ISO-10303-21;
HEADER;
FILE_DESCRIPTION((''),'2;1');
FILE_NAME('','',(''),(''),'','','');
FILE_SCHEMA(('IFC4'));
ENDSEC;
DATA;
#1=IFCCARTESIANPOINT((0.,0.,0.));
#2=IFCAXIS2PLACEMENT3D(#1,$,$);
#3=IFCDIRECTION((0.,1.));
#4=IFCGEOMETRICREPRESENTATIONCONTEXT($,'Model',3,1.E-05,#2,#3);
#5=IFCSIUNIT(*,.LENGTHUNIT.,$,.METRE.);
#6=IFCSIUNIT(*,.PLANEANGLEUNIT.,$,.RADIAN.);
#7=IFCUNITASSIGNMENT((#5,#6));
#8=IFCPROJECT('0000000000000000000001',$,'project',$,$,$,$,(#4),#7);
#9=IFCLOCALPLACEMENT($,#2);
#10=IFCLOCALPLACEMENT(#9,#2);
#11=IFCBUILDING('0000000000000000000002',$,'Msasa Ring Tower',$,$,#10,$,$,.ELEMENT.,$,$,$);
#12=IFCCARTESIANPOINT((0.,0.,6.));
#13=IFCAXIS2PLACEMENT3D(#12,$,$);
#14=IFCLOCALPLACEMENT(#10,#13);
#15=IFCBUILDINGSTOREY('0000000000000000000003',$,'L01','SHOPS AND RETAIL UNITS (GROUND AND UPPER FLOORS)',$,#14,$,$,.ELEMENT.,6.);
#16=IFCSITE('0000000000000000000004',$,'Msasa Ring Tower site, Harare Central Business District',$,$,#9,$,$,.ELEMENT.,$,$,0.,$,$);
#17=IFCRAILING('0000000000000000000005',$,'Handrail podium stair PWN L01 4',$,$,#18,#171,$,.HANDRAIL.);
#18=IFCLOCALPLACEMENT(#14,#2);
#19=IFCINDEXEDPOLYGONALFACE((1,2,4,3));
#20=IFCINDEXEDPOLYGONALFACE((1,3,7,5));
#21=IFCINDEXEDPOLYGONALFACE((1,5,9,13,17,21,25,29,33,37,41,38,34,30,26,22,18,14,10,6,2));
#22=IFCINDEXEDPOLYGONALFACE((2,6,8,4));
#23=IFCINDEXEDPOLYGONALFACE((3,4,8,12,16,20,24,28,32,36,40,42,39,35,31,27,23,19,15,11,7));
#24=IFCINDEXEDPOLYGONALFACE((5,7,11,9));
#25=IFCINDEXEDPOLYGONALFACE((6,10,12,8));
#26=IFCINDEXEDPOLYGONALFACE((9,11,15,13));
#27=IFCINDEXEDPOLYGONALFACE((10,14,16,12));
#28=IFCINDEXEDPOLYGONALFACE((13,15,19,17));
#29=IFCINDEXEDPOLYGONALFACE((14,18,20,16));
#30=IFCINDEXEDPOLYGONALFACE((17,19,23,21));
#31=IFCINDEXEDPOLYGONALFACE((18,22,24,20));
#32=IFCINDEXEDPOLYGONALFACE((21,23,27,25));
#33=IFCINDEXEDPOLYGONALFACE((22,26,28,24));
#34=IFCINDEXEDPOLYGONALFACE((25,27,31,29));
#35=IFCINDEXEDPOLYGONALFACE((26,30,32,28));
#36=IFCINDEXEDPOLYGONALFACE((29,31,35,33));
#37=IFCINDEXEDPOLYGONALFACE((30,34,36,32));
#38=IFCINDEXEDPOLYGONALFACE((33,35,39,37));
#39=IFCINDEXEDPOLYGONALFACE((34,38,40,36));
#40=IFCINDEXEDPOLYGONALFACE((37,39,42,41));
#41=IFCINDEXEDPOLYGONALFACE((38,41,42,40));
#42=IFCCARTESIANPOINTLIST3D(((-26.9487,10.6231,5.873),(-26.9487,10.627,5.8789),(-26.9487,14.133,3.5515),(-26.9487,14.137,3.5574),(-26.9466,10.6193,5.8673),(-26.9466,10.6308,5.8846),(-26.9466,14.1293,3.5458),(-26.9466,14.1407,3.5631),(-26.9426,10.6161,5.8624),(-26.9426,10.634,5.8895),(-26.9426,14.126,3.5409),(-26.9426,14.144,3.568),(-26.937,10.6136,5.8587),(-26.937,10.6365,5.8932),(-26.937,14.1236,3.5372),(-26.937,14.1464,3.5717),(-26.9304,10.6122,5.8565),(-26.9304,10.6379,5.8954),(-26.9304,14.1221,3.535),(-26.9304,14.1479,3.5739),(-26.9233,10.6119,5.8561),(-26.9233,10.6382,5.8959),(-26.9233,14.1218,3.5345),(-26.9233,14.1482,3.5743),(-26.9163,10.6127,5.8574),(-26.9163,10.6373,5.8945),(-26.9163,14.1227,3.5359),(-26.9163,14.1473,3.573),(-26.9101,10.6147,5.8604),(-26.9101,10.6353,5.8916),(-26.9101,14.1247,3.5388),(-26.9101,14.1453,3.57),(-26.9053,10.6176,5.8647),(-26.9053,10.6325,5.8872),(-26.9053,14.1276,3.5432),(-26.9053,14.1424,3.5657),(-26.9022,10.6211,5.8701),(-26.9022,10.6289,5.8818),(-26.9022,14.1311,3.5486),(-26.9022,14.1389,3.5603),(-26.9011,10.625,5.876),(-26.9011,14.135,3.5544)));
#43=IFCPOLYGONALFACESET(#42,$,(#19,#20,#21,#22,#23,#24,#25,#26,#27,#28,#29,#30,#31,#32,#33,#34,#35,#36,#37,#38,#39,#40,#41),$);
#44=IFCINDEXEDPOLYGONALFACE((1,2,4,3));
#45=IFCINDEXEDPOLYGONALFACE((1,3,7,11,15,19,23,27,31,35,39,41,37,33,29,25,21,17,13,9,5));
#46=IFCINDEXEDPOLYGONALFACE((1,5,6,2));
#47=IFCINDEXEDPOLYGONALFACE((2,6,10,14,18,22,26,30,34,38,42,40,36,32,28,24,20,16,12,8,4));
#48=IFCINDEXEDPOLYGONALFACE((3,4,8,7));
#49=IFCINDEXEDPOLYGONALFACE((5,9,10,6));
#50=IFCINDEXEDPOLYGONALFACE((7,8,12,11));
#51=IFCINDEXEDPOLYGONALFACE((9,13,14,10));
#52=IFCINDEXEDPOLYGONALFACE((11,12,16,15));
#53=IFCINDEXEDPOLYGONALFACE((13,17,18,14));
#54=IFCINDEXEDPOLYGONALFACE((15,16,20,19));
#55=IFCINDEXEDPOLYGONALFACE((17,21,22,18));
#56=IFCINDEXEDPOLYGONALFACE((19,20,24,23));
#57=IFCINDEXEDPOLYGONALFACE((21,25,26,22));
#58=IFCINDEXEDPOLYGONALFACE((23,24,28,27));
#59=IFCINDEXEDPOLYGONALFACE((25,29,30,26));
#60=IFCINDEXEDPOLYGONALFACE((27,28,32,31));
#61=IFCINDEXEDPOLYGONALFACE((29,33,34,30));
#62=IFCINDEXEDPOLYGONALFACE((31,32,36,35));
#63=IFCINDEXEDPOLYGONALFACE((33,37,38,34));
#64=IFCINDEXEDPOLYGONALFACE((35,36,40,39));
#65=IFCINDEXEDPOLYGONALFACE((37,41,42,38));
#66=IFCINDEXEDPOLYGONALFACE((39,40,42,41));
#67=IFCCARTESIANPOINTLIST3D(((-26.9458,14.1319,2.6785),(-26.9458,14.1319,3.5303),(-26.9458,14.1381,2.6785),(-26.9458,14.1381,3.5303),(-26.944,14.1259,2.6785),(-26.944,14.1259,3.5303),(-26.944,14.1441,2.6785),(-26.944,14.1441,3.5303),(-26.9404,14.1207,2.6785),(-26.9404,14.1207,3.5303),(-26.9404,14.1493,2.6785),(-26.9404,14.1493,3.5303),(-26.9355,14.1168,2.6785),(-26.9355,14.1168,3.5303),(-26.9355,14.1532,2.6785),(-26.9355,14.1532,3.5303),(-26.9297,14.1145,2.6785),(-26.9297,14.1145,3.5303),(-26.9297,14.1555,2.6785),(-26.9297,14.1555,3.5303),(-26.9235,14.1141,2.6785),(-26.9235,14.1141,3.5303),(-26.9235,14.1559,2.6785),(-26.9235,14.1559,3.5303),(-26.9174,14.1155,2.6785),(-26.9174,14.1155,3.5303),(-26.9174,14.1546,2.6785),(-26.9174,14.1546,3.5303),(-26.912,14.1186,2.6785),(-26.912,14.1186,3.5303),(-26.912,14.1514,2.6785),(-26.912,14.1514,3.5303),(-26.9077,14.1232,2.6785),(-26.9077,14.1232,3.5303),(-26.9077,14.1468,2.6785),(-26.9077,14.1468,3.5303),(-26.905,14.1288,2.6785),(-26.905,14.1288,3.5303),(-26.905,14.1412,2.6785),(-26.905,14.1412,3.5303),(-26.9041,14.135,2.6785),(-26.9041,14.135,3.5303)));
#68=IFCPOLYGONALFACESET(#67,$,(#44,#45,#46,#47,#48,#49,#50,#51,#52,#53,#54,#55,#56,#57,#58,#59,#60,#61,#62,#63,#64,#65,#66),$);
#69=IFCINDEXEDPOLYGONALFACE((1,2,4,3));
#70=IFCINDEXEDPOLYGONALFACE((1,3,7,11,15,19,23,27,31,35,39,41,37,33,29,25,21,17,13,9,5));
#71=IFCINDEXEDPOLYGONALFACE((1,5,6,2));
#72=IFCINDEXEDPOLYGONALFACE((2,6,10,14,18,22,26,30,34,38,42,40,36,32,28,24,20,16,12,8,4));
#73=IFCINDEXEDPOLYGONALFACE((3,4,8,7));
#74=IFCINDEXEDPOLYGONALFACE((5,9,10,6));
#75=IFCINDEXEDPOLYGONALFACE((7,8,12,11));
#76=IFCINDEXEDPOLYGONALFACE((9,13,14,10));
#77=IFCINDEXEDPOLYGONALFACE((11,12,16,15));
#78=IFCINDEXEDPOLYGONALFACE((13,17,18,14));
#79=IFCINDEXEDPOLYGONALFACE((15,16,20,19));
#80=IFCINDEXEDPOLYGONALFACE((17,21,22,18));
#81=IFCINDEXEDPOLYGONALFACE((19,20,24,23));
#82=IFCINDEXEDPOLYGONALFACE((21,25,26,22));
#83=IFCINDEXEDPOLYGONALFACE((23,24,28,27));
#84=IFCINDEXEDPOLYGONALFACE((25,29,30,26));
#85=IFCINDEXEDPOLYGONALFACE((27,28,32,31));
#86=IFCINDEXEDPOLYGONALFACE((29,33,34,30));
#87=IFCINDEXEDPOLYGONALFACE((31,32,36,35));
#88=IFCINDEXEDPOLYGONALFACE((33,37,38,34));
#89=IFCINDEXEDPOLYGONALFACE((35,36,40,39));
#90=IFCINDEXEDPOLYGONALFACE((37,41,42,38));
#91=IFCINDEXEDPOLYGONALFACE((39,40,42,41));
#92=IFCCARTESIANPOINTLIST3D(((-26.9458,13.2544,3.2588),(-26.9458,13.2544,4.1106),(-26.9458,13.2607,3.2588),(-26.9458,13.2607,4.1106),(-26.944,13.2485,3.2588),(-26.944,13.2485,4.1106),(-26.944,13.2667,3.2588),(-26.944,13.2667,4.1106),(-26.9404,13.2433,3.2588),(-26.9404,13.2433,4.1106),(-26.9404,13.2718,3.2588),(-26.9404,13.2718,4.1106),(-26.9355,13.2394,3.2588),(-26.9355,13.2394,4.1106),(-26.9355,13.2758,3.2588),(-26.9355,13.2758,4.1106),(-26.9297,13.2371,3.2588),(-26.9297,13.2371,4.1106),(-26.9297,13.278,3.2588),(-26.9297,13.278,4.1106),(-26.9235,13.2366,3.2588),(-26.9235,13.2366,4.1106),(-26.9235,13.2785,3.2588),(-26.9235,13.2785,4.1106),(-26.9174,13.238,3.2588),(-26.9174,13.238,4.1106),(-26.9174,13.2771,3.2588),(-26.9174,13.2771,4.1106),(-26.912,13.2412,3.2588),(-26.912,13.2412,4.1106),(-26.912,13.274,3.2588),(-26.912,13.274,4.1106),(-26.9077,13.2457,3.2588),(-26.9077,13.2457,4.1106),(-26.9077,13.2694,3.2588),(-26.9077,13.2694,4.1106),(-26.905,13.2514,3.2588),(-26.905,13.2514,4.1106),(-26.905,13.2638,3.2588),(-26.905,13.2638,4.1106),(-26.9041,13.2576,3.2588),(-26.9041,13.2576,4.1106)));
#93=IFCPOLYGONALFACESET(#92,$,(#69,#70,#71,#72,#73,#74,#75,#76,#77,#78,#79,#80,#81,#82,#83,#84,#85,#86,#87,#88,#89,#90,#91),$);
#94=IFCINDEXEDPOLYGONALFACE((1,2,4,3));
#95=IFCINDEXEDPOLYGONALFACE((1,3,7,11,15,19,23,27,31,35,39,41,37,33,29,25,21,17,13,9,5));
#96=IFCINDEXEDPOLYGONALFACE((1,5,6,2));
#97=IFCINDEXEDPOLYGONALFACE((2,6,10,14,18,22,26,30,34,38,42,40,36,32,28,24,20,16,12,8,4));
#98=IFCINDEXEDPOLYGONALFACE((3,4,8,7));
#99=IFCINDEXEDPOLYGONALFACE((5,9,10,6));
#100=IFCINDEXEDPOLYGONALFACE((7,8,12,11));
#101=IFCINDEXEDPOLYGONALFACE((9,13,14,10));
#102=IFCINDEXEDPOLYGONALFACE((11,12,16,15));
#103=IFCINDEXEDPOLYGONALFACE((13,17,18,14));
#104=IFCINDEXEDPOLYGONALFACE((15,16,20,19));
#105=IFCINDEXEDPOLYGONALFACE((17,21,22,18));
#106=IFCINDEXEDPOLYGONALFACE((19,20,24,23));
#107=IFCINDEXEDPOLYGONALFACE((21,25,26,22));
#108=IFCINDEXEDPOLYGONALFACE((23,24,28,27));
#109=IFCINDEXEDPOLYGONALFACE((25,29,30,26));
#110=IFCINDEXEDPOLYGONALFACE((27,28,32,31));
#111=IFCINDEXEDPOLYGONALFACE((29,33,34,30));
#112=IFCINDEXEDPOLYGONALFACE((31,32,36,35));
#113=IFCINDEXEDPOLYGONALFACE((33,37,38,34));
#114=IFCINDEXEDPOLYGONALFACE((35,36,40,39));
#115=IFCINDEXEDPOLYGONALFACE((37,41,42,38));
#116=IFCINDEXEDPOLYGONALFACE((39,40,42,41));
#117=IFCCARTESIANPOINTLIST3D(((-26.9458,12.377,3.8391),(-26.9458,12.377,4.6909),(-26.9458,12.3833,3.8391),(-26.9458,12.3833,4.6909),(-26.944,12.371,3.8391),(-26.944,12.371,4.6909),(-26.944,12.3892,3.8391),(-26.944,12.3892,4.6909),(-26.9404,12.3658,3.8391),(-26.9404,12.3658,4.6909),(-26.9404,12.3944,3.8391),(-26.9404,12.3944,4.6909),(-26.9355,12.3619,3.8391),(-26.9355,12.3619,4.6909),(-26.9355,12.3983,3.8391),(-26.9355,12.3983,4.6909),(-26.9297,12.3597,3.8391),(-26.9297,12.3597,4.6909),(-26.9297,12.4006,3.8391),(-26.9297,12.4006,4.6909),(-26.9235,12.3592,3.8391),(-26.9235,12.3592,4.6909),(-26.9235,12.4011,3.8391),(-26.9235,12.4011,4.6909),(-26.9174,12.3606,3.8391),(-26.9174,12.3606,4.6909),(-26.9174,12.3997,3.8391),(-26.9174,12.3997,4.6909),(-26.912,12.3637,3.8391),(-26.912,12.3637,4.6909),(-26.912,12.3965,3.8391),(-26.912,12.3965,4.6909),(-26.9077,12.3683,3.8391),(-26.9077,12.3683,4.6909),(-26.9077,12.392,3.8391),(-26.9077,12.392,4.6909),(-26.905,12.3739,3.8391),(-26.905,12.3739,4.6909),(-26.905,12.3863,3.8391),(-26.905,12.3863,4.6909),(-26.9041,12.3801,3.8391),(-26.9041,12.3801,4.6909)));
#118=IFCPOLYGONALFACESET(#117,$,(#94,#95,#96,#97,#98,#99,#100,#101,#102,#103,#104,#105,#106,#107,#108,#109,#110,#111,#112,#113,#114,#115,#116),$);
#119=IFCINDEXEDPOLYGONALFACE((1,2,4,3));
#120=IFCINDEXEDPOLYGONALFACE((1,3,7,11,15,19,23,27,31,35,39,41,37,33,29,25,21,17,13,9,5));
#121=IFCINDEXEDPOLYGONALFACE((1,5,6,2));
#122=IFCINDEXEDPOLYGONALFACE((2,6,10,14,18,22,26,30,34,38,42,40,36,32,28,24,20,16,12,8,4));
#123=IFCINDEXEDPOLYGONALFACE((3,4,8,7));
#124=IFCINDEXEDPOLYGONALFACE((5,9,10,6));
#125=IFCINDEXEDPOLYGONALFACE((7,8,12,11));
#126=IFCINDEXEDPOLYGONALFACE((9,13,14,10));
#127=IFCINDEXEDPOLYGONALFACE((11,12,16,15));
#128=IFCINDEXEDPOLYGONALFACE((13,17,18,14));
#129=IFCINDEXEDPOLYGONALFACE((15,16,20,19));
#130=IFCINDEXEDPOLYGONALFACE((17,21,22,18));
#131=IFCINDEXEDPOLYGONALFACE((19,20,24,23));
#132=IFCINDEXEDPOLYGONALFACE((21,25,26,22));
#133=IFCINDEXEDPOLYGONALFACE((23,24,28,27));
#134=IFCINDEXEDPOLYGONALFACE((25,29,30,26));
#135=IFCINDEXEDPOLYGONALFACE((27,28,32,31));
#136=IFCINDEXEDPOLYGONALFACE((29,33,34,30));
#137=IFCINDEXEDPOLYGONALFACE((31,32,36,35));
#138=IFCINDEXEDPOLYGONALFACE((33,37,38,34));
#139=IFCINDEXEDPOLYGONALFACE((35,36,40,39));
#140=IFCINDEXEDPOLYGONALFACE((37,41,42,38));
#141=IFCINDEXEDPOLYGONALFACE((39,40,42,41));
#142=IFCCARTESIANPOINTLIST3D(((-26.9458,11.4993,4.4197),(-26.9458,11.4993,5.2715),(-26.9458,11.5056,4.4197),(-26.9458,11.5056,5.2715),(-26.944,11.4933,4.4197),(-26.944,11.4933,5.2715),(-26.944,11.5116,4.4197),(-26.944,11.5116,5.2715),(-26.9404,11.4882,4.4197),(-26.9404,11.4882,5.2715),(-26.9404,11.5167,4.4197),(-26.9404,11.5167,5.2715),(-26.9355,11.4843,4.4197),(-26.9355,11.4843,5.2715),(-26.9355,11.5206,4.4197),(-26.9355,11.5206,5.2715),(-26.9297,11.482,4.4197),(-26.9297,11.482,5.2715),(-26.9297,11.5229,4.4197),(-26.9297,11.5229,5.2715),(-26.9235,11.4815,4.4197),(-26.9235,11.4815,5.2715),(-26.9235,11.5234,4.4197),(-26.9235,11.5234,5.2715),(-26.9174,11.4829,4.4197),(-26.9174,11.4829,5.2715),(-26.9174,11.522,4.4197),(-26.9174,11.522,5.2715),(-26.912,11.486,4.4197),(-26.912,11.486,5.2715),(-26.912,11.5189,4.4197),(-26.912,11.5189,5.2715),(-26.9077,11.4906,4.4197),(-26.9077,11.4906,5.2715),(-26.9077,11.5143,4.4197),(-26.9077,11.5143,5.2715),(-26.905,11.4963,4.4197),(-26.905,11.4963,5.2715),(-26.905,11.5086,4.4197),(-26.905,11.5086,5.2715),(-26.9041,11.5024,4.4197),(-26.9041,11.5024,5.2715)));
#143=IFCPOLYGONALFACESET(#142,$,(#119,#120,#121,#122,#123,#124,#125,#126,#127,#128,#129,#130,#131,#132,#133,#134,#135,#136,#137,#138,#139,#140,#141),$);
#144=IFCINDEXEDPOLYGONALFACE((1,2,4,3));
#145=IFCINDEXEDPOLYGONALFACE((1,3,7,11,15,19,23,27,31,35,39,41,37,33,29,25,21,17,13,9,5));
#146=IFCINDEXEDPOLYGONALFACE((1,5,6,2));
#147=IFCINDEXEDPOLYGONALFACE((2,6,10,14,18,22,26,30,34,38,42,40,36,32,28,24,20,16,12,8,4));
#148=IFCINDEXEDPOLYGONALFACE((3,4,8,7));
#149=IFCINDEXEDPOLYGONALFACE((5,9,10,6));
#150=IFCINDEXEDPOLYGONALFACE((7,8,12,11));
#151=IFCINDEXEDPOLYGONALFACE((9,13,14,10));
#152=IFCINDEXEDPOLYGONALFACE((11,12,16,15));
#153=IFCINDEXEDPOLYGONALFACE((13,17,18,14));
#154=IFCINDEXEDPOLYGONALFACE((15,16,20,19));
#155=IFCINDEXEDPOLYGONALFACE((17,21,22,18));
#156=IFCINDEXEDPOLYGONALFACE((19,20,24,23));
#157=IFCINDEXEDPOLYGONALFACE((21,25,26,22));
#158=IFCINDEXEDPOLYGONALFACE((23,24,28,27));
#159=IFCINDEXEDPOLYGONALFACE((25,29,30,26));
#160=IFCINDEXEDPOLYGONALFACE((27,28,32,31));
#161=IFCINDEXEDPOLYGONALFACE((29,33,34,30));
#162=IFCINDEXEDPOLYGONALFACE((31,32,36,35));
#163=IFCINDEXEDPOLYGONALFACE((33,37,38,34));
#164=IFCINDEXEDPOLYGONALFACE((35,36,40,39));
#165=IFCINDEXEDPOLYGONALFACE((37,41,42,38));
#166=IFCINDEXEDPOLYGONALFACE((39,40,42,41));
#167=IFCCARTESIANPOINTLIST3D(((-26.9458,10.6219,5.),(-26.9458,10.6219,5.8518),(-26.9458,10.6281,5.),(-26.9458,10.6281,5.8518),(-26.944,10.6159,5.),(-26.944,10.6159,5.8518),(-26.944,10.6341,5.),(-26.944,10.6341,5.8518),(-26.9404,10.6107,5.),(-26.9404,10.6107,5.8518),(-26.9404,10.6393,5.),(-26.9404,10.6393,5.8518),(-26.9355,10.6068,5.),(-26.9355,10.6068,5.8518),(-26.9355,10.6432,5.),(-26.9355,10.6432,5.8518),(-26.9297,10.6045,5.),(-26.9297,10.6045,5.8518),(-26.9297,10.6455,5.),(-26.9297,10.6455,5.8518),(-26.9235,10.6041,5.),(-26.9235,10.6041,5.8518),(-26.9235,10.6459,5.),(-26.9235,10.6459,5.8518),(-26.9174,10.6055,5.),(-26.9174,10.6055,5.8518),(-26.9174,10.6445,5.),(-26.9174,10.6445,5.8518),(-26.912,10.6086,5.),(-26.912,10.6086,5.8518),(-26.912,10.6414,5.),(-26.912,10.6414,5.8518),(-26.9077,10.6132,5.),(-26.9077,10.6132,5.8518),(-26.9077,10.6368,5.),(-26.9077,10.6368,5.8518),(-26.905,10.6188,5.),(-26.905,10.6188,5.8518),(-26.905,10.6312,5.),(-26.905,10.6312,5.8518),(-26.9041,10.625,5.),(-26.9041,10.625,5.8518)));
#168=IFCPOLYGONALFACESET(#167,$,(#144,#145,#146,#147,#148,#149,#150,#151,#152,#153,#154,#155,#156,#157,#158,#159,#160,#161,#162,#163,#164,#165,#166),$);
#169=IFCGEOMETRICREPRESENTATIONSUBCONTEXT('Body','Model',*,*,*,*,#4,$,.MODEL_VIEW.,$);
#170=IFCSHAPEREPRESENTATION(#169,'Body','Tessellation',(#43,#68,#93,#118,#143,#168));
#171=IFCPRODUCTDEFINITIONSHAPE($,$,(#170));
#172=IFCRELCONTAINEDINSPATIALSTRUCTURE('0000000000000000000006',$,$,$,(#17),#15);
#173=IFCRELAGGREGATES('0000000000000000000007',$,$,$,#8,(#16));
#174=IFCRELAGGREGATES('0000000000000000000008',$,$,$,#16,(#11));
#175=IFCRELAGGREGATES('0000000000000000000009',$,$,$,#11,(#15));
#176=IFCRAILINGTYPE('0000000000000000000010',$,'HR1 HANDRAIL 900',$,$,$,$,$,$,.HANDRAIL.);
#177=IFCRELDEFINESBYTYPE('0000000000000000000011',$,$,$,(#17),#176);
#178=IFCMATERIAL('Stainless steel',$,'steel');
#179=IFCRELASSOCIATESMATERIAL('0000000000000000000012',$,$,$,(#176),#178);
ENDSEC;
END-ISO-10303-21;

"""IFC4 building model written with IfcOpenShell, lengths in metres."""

from ifc_helpers import new_model, si_unit, direction, frame, origin, origin_2d, place, context, subcontext, project, spatial, circle, extrude, material, type_object, element, save


model = new_model("IFC4")

# Units and contexts
model_context = context("Model", 3, precision=1e-05, world=origin(), true_north=direction((0.0, 1.0)))
body_context = subcontext(model_context, "Body", "Model", "MODEL_VIEW")
ifc_project = project(units=[si_unit("LENGTHUNIT", "METRE"), si_unit("PLANEANGLEUNIT", "RADIAN")], contexts=[model_context])

# Site, building, storey
site_placement = place(None, origin())
site = spatial("IfcSite", under=ifc_project, at=site_placement, Name="Msasa Ring Tower site, Harare Central Business District", CompositionType="ELEMENT", RefElevation=0.0)
building_placement = place(site_placement, origin())
building = spatial("IfcBuilding", under=site, at=building_placement, Name="Msasa Ring Tower", CompositionType="ELEMENT")
storey_placement = place(building_placement, frame((0.0, 0.0, 6.0)))
storey = spatial("IfcBuildingStorey", under=building, at=storey_placement, Name="L01", Description="SHOPS AND RETAIL UNITS (GROUND AND UPPER FLOORS)", CompositionType="ELEMENT", Elevation=6.0)

# Railing
ifc_material_1 = material(Name="Stainless steel", Category="steel")
railing_type = type_object("IfcRailingType", Name="HR1 HANDRAIL 900", PredefinedType="HANDRAIL", material=ifc_material_1)
for number, where, name in (
    (1, (-26.925, 14.135, 2.6785), "Handrail podium stair PWN L01 4"),
):
    element("IfcRailing", number, at=place(storey_placement, frame(where)), inside=storey, type_object=railing_type, Name=name, PredefinedType="HANDRAIL", context=body_context, shape_type="SweptSolid", body=[
        extrude(circle(Radius=0.0239, at=origin_2d()), frame((0.0, 0.0, 0.876), z_axis=(0.0, -0.834071, 0.551657), x_axis=(1.0, 0.0, 0.0)), (0.0, 0.0, 1.0), 4.2083),
        extrude(circle(Radius=0.021, at=origin_2d()), origin(), (0.0, 0.0, 1.0), 0.8518),
        extrude(circle(Radius=0.021, at=origin_2d()), frame((0.0, -0.8774, 0.5803)), (0.0, 0.0, 1.0), 0.8518),
        extrude(circle(Radius=0.021, at=origin_2d()), frame((0.0, -1.7549, 1.1606)), (0.0, 0.0, 1.0), 0.8518),
        extrude(circle(Radius=0.021, at=origin_2d()), frame((0.0, -2.6326, 1.7412)), (0.0, 0.0, 1.0), 0.8518),
        extrude(circle(Radius=0.021, at=origin_2d()), frame((0.0, -3.51, 2.3215)), (0.0, 0.0, 1.0), 0.8518),
    ])

save(model, "model.ifc")
